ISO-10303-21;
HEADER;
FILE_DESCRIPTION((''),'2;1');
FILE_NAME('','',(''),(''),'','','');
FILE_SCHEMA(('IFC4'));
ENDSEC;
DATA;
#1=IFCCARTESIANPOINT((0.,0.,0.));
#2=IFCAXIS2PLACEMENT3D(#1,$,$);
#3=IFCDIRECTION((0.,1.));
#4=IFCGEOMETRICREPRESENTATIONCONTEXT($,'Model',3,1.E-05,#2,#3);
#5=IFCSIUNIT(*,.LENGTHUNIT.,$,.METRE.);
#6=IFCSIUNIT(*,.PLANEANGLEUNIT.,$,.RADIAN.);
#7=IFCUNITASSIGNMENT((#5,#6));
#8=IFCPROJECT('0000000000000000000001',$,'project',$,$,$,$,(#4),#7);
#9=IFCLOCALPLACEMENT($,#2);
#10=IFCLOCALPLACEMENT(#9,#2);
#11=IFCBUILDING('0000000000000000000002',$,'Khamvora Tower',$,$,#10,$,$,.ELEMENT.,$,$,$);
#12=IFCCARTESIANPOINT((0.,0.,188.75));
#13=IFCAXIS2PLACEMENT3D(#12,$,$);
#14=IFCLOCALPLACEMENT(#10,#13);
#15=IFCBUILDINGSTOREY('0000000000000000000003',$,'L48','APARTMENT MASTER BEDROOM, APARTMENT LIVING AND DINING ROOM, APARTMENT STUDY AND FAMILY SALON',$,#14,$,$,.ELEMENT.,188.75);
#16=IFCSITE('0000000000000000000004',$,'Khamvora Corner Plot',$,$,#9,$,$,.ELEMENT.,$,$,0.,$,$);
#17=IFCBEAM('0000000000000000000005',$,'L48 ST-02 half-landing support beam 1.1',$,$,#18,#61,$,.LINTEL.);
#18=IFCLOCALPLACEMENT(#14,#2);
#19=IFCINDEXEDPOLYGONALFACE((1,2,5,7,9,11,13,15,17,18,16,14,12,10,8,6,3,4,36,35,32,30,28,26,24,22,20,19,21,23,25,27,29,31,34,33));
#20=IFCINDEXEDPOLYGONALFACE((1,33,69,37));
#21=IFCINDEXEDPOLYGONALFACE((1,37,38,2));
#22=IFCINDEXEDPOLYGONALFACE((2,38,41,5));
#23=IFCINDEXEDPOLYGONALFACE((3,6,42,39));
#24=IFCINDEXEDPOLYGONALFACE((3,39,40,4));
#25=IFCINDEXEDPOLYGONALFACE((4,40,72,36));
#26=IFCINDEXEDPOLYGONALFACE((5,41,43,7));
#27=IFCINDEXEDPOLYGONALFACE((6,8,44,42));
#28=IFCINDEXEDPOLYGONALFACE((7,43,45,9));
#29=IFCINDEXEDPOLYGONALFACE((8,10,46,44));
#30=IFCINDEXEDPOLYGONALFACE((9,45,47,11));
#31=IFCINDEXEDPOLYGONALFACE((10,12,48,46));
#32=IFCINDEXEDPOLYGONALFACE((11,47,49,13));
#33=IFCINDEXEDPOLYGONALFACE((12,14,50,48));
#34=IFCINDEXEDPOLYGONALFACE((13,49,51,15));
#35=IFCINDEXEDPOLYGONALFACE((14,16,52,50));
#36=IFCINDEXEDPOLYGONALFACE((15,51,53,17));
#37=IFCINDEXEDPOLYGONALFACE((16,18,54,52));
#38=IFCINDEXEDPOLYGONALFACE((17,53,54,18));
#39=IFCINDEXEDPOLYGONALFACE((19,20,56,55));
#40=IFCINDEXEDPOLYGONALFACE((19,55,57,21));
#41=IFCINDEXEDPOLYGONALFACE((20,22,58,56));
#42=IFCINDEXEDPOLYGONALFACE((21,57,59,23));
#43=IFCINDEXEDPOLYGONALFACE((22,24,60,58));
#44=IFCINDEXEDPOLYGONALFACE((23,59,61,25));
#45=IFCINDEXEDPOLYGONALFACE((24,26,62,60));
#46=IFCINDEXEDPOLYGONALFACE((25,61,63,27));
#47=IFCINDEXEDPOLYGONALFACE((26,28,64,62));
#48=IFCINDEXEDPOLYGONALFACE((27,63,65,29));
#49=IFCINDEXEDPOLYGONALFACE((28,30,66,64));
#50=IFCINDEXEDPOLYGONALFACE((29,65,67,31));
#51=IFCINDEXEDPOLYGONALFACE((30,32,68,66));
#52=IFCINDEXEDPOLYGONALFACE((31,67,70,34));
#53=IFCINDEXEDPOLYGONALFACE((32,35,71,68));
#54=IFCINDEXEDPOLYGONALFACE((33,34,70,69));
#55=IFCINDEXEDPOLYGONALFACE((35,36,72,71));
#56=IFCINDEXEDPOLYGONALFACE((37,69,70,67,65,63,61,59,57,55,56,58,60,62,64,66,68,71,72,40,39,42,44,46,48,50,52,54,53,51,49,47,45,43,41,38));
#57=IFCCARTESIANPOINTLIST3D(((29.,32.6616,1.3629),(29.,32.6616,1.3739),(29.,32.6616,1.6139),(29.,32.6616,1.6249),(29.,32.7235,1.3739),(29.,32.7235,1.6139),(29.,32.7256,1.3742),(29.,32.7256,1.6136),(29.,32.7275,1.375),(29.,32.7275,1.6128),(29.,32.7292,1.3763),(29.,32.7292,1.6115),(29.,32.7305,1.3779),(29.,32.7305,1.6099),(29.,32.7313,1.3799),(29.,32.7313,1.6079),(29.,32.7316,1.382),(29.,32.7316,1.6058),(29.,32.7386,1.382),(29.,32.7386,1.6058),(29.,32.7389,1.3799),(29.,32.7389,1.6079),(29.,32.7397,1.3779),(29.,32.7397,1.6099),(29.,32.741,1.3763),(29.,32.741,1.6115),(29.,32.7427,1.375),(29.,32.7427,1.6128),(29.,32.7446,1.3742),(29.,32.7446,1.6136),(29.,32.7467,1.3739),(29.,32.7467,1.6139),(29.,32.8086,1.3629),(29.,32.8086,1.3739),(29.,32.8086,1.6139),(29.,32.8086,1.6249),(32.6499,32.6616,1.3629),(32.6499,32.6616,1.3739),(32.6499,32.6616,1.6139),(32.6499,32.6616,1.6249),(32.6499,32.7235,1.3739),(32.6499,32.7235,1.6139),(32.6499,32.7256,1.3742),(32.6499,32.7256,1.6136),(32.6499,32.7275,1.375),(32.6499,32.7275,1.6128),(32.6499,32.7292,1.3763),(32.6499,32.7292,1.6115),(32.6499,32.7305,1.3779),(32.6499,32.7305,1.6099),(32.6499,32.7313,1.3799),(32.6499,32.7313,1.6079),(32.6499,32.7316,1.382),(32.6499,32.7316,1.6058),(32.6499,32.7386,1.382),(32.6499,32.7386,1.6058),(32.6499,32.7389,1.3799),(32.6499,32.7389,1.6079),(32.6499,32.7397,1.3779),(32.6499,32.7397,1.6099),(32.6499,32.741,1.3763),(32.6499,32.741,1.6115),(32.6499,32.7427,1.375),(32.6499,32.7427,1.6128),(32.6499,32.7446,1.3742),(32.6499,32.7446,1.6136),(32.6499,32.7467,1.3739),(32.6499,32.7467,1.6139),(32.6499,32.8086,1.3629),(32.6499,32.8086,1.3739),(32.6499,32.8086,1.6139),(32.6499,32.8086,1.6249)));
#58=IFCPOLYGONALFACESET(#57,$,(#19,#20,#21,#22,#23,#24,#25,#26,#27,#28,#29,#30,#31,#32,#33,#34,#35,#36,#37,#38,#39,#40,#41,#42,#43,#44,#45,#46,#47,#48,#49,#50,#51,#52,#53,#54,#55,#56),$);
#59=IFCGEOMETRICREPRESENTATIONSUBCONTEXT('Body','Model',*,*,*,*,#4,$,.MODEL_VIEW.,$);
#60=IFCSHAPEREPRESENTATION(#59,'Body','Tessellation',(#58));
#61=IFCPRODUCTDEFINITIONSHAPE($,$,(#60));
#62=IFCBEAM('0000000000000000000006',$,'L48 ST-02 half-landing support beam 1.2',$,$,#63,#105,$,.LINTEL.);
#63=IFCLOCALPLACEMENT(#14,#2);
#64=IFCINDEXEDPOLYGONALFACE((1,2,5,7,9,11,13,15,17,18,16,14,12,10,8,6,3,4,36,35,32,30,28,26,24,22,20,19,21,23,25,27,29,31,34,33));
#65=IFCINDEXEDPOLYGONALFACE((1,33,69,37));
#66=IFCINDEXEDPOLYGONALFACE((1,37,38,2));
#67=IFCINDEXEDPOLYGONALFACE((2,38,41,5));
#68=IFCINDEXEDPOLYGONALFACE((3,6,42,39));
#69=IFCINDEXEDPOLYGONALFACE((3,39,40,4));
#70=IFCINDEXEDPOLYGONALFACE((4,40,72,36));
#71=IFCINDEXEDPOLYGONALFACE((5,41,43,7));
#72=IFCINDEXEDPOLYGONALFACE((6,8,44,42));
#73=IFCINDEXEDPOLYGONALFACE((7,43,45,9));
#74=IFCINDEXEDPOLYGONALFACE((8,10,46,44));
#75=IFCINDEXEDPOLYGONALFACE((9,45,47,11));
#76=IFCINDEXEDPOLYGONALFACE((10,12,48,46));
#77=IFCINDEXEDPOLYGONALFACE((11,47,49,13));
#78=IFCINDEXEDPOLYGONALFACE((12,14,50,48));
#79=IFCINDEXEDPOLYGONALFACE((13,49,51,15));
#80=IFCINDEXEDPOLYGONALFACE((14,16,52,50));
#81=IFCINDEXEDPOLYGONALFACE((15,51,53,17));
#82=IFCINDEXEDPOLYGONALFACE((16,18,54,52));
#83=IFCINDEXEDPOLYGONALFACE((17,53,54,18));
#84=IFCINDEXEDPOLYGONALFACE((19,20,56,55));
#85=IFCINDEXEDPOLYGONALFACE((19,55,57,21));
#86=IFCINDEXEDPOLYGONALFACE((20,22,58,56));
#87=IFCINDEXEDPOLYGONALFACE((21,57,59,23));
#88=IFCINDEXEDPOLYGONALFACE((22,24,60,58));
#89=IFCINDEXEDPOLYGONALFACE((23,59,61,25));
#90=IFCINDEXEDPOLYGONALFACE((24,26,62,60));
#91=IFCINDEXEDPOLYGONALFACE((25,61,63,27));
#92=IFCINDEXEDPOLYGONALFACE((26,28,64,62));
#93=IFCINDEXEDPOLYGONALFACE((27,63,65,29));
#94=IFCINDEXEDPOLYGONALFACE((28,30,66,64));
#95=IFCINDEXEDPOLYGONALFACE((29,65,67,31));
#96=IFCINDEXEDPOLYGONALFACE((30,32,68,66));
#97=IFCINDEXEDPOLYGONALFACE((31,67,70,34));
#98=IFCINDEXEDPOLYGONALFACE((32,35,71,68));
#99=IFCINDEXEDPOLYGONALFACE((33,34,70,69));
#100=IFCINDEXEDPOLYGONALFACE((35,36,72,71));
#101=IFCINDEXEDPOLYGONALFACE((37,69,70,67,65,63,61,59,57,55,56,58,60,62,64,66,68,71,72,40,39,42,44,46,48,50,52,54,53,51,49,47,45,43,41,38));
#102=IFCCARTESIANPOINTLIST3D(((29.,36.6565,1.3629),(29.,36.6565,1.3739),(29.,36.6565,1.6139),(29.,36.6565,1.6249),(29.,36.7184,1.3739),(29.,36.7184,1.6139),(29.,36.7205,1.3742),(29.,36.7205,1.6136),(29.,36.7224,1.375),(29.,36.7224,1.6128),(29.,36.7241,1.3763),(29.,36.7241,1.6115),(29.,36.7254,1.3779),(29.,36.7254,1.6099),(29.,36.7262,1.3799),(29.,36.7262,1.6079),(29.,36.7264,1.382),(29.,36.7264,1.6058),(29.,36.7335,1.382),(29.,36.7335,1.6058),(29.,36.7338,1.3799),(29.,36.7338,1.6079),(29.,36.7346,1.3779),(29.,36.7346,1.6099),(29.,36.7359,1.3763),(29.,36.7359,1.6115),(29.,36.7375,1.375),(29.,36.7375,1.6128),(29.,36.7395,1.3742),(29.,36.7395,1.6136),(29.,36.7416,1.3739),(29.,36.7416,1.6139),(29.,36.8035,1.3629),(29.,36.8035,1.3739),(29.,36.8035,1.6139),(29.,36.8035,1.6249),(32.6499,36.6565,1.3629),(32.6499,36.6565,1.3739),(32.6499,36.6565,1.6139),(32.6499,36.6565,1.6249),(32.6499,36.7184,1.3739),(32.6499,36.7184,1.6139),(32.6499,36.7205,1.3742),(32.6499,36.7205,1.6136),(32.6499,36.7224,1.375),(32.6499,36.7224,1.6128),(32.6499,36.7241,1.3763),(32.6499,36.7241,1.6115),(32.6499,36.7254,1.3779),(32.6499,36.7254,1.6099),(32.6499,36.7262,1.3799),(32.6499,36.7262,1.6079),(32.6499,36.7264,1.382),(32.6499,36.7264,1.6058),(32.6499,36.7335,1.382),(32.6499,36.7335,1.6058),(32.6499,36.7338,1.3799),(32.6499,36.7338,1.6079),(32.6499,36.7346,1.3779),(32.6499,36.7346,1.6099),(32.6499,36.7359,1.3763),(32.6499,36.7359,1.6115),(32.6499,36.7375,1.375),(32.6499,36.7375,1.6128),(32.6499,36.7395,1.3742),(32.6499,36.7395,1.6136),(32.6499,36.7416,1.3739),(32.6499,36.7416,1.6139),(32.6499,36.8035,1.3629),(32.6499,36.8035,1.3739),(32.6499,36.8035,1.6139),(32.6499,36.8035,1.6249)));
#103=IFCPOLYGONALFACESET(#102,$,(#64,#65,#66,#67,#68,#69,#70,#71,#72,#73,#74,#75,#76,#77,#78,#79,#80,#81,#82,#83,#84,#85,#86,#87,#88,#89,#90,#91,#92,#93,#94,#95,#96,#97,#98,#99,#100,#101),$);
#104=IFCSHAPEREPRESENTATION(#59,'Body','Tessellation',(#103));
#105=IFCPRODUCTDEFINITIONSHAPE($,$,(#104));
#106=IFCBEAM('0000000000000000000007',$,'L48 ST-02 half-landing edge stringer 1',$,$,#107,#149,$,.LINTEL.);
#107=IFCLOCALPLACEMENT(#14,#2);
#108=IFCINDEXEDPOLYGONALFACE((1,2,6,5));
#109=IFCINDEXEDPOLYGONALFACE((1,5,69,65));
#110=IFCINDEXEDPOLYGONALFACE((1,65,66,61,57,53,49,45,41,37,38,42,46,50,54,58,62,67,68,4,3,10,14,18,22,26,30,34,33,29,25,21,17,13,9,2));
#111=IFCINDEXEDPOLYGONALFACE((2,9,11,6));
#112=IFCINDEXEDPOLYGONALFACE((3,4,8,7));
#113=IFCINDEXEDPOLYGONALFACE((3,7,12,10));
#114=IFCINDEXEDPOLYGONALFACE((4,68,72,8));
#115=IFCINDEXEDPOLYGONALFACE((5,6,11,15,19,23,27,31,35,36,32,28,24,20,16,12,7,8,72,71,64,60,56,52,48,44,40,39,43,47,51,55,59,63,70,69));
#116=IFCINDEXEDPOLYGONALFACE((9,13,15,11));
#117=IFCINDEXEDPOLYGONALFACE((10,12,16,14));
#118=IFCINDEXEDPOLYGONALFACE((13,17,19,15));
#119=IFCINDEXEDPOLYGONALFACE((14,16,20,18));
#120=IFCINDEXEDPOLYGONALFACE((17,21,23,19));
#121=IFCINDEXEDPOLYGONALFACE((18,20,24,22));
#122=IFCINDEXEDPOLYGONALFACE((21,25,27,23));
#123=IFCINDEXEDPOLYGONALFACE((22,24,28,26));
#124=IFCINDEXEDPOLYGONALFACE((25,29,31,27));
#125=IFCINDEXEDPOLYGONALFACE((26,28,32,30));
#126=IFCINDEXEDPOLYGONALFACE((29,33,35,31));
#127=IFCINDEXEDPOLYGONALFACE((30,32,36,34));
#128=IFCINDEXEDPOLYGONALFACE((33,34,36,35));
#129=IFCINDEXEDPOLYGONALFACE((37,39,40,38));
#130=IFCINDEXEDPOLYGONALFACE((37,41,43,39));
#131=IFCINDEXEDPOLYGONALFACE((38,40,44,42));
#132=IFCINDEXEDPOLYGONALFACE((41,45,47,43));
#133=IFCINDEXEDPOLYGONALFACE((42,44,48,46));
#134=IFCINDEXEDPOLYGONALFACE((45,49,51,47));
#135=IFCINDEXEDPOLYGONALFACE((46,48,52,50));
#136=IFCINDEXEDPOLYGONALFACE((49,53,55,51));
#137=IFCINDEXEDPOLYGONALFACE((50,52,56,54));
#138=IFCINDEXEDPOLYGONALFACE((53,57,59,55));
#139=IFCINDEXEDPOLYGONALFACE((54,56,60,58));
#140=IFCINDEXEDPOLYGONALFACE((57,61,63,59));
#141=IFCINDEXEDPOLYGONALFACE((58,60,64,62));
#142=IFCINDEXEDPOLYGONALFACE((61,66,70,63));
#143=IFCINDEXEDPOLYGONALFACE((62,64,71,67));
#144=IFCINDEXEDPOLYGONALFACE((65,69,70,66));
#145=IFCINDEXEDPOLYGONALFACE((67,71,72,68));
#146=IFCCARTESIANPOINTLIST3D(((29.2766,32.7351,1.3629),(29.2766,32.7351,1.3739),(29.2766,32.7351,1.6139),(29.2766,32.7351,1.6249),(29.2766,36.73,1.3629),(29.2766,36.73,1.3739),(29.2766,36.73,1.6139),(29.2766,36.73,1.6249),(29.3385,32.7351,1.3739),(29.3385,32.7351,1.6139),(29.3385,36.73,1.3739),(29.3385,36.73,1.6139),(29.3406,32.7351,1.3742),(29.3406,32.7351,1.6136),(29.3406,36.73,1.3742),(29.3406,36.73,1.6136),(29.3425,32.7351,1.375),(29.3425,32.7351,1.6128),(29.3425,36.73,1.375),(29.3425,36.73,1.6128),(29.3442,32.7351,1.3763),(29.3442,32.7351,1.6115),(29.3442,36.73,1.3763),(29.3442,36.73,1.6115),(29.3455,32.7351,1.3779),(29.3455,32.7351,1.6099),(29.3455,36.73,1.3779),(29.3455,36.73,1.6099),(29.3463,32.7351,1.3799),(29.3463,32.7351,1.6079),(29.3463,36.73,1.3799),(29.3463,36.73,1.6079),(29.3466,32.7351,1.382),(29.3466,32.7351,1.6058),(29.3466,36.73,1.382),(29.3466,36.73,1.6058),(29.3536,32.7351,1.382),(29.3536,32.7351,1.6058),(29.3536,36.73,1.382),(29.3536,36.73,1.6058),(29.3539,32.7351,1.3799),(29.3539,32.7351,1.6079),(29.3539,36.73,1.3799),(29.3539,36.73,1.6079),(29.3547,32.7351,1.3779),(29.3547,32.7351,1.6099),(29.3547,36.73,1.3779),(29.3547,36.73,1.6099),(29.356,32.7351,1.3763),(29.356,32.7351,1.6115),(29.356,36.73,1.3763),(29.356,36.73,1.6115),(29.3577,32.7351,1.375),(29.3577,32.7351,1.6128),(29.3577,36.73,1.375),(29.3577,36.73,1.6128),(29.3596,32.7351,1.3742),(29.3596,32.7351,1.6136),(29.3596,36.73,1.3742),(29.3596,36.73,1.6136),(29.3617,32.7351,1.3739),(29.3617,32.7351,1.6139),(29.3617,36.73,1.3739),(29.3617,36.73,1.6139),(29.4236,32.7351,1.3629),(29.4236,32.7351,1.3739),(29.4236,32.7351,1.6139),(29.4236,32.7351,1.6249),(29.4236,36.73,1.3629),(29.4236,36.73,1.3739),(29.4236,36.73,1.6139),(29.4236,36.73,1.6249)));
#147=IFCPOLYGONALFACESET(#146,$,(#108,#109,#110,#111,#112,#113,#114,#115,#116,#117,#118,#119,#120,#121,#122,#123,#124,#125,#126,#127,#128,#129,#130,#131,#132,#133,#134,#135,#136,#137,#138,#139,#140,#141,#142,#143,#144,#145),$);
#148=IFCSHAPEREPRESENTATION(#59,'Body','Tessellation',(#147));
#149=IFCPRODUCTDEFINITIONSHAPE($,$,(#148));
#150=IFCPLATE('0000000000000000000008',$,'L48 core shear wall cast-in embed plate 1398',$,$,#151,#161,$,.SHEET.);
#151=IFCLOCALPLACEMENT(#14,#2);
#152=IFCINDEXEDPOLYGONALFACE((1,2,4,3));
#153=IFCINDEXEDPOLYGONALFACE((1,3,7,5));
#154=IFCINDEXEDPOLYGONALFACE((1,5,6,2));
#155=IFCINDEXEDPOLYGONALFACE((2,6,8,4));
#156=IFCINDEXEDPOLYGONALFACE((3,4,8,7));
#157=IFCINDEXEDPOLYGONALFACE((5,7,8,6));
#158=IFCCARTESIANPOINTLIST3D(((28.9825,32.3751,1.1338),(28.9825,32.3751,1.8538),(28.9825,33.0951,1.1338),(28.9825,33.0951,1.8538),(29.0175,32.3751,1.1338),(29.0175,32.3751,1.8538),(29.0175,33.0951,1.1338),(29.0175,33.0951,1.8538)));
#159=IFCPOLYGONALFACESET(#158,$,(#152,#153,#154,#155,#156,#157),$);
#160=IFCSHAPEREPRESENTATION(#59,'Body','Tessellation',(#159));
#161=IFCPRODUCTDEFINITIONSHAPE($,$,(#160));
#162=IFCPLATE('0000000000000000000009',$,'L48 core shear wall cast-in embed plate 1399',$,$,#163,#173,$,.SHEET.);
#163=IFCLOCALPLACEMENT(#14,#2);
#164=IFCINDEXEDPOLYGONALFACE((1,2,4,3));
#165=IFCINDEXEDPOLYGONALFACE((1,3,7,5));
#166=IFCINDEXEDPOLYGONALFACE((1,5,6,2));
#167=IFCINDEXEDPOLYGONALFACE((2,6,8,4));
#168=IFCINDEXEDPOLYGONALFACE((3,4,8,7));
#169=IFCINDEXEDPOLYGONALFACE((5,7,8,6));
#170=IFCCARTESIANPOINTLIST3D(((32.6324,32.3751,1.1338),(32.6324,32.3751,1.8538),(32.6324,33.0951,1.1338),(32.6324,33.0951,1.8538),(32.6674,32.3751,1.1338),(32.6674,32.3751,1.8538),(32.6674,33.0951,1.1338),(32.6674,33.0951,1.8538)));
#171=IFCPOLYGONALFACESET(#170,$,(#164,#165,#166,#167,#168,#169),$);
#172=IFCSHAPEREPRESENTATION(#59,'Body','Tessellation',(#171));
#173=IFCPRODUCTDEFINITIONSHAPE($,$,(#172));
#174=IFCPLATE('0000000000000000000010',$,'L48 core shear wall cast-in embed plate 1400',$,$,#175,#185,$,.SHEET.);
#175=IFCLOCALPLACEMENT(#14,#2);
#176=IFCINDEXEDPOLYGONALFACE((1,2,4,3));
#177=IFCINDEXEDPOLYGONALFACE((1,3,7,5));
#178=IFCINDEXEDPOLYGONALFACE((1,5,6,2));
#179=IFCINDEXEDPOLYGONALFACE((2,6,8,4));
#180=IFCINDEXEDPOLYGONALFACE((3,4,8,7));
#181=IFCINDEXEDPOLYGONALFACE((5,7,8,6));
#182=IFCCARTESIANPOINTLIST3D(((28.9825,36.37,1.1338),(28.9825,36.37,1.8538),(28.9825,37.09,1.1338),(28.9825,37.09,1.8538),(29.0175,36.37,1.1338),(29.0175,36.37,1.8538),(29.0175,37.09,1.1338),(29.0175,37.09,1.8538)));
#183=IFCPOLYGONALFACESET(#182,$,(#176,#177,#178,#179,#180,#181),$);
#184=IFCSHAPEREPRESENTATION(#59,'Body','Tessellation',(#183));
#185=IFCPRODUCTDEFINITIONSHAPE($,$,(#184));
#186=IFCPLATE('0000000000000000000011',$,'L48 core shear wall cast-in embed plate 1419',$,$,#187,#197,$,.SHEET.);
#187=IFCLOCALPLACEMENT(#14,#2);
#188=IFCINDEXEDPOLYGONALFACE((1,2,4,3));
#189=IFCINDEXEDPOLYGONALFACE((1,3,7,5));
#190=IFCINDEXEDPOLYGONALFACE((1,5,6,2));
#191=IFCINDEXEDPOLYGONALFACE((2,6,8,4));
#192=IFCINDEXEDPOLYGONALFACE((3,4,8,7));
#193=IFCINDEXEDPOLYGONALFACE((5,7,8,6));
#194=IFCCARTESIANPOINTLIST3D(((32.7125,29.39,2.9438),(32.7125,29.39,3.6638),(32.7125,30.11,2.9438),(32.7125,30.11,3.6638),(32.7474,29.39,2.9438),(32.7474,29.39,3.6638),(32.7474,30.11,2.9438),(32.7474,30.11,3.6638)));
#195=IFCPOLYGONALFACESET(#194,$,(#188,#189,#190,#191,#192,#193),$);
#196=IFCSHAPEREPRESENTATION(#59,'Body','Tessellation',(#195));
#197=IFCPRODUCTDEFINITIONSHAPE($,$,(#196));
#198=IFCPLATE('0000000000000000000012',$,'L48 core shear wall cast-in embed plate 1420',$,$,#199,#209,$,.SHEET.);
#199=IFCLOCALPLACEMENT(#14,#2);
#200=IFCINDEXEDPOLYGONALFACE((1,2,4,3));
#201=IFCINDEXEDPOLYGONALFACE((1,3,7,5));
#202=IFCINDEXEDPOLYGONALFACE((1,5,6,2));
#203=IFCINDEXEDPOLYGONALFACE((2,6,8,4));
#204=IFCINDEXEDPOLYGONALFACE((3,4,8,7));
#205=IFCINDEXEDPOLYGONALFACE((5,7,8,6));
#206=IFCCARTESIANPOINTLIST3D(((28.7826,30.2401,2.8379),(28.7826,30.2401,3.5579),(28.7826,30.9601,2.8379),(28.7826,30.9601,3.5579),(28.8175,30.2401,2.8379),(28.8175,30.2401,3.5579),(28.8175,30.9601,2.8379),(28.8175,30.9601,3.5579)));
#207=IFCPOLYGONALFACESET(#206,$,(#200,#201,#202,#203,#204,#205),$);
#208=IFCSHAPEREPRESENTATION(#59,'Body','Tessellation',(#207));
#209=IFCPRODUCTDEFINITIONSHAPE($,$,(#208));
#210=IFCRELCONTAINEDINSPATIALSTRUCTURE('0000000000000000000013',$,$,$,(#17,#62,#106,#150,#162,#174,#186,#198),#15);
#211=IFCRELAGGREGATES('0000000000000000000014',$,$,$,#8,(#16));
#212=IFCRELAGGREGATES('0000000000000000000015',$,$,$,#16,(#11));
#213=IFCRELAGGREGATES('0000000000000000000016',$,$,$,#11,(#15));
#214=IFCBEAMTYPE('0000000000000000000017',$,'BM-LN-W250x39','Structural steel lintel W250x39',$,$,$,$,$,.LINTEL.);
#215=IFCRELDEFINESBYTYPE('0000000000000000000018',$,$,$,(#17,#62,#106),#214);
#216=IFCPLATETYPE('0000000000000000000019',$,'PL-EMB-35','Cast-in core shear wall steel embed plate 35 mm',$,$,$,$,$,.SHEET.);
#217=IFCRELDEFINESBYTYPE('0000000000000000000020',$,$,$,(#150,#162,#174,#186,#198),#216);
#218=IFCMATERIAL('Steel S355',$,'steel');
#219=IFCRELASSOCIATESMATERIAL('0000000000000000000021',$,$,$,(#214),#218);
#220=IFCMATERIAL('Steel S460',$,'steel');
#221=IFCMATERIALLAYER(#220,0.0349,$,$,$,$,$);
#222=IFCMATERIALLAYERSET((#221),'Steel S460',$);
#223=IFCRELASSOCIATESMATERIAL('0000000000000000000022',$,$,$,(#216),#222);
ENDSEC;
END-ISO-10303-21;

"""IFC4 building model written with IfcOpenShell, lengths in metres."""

from ifc_helpers import new_model, si_unit, direction, frame, origin, origin_2d, place, context, subcontext, project, spatial, rectangle, i_section, extrude, material, layer, layer_set, material_profile, profile_set, type_object, element, save


model = new_model("IFC4")

# Units and contexts
model_context = context("Model", 3, precision=1e-05, world=origin(), true_north=direction((0.0, 1.0)))
body_context = subcontext(model_context, "Body", "Model", "MODEL_VIEW")
ifc_project = project(units=[si_unit("LENGTHUNIT", "METRE"), si_unit("PLANEANGLEUNIT", "RADIAN")], contexts=[model_context])

# Site, building, storey
site_placement = place(None, origin())
site = spatial("IfcSite", under=ifc_project, at=site_placement, Name="Khamvora Corner Plot", CompositionType="ELEMENT", RefElevation=0.0)
building_placement = place(site_placement, origin())
building = spatial("IfcBuilding", under=site, at=building_placement, Name="Khamvora Tower", CompositionType="ELEMENT")
storey_placement = place(building_placement, frame((0.0, 0.0, 188.75)))
storey = spatial("IfcBuildingStorey", under=building, at=storey_placement, Name="L48", Description="APARTMENT MASTER BEDROOM, APARTMENT LIVING AND DINING ROOM, APARTMENT STUDY AND FAMILY SALON", CompositionType="ELEMENT", Elevation=188.75)

# Beams
ifc_material_1 = material(Name="Steel S355", Category="steel")
ifc_material_profile = material_profile(ifc_material_1, i_section(OverallWidth=0.147, OverallDepth=0.262, WebThickness=0.0071, FlangeThickness=0.011, FilletRadius=0.0081, at=origin_2d()), Name="W250x39")
ifc_profile_set = profile_set([ifc_material_profile], Name="Steel S355")
beam_type = type_object("IfcBeamType", Name="BM-LN-W250x39", Description="Structural steel lintel W250x39", PredefinedType="LINTEL", material=ifc_profile_set)
for number, where, z_axis, x_axis, name in (
    (1, (29.0, 32.7351, 1.4939), (1.0, 0.0, 0.0), (0.0, 1.0, 0.0), "L48 ST-02 half-landing support beam 1.1"),
    (2, (29.0, 36.73, 1.4939), (1.0, 0.0, 0.0), (0.0, 1.0, 0.0), "L48 ST-02 half-landing support beam 1.2"),
):
    element("IfcBeam", number, at=place(storey_placement, frame(where, z_axis=z_axis, x_axis=x_axis)), inside=storey, type_object=beam_type, Name=name, PredefinedType="LINTEL", context=body_context, shape_type="SweptSolid", body=[
        extrude(i_section(OverallWidth=0.147, OverallDepth=0.262, WebThickness=0.0071, FlangeThickness=0.011, FilletRadius=0.0081, at=origin_2d()), origin(), (0.0, 0.0, 1.0), 3.6499),
    ])
beam_placement = place(storey_placement, frame((29.3501, 32.7351, 1.4939), z_axis=(0.0, 1.0, 0.0), x_axis=(-1.0, 0.0, 0.0)))
element("IfcBeam", 3, at=beam_placement, inside=storey, type_object=beam_type, Name="L48 ST-02 half-landing edge stringer 1", PredefinedType="LINTEL", context=body_context, shape_type="SweptSolid", body=[
    extrude(i_section(OverallWidth=0.147, OverallDepth=0.262, WebThickness=0.0071, FlangeThickness=0.011, FilletRadius=0.0081, at=origin_2d()), origin(), (0.0, 0.0, 1.0), 3.9949),
])

# Plates
ifc_material_2 = material(Name="Steel S460", Category="steel")
ifc_layer_1 = layer(ifc_material_2, 0.0349)
ifc_layer_set_1 = layer_set([ifc_layer_1], Name="Steel S460")
plate_type = type_object("IfcPlateType", Name="PL-EMB-35", Description="Cast-in core shear wall steel embed plate 35 mm", PredefinedType="SHEET", material=ifc_layer_set_1)
for number, where, z_axis, x_axis, name in (
    (4, (29.0, 32.7351, 1.1338), (0.0, 0.0, 1.0), (1.0, 0.0, 0.0), "L48 core shear wall cast-in embed plate 1398"),
    (5, (32.6499, 32.7351, 1.1338), (0.0, 0.0, 1.0), (1.0, 0.0, 0.0), "L48 core shear wall cast-in embed plate 1399"),
    (6, (29.0, 36.73, 1.1338), (0.0, 0.0, 1.0), (1.0, 0.0, 0.0), "L48 core shear wall cast-in embed plate 1400"),
    (7, (32.73, 29.75, 2.9438), (0.0, 0.0, 1.0), (1.0, 0.0, 0.0), "L48 core shear wall cast-in embed plate 1419"),
    (8, (28.8, 30.6001, 2.8379), (0.0, 0.0, 1.0), (1.0, 0.0, 0.0), "L48 core shear wall cast-in embed plate 1420"),
):
    element("IfcPlate", number, at=place(storey_placement, frame(where, z_axis=z_axis, x_axis=x_axis)), inside=storey, type_object=plate_type, Name=name, PredefinedType="SHEET", context=body_context, shape_type="SweptSolid", body=[
        extrude(rectangle(XDim=0.0349, YDim=0.72, at=origin_2d()), origin(), (0.0, 0.0, 1.0), 0.72),
    ])

save(model, "model.ifc")
